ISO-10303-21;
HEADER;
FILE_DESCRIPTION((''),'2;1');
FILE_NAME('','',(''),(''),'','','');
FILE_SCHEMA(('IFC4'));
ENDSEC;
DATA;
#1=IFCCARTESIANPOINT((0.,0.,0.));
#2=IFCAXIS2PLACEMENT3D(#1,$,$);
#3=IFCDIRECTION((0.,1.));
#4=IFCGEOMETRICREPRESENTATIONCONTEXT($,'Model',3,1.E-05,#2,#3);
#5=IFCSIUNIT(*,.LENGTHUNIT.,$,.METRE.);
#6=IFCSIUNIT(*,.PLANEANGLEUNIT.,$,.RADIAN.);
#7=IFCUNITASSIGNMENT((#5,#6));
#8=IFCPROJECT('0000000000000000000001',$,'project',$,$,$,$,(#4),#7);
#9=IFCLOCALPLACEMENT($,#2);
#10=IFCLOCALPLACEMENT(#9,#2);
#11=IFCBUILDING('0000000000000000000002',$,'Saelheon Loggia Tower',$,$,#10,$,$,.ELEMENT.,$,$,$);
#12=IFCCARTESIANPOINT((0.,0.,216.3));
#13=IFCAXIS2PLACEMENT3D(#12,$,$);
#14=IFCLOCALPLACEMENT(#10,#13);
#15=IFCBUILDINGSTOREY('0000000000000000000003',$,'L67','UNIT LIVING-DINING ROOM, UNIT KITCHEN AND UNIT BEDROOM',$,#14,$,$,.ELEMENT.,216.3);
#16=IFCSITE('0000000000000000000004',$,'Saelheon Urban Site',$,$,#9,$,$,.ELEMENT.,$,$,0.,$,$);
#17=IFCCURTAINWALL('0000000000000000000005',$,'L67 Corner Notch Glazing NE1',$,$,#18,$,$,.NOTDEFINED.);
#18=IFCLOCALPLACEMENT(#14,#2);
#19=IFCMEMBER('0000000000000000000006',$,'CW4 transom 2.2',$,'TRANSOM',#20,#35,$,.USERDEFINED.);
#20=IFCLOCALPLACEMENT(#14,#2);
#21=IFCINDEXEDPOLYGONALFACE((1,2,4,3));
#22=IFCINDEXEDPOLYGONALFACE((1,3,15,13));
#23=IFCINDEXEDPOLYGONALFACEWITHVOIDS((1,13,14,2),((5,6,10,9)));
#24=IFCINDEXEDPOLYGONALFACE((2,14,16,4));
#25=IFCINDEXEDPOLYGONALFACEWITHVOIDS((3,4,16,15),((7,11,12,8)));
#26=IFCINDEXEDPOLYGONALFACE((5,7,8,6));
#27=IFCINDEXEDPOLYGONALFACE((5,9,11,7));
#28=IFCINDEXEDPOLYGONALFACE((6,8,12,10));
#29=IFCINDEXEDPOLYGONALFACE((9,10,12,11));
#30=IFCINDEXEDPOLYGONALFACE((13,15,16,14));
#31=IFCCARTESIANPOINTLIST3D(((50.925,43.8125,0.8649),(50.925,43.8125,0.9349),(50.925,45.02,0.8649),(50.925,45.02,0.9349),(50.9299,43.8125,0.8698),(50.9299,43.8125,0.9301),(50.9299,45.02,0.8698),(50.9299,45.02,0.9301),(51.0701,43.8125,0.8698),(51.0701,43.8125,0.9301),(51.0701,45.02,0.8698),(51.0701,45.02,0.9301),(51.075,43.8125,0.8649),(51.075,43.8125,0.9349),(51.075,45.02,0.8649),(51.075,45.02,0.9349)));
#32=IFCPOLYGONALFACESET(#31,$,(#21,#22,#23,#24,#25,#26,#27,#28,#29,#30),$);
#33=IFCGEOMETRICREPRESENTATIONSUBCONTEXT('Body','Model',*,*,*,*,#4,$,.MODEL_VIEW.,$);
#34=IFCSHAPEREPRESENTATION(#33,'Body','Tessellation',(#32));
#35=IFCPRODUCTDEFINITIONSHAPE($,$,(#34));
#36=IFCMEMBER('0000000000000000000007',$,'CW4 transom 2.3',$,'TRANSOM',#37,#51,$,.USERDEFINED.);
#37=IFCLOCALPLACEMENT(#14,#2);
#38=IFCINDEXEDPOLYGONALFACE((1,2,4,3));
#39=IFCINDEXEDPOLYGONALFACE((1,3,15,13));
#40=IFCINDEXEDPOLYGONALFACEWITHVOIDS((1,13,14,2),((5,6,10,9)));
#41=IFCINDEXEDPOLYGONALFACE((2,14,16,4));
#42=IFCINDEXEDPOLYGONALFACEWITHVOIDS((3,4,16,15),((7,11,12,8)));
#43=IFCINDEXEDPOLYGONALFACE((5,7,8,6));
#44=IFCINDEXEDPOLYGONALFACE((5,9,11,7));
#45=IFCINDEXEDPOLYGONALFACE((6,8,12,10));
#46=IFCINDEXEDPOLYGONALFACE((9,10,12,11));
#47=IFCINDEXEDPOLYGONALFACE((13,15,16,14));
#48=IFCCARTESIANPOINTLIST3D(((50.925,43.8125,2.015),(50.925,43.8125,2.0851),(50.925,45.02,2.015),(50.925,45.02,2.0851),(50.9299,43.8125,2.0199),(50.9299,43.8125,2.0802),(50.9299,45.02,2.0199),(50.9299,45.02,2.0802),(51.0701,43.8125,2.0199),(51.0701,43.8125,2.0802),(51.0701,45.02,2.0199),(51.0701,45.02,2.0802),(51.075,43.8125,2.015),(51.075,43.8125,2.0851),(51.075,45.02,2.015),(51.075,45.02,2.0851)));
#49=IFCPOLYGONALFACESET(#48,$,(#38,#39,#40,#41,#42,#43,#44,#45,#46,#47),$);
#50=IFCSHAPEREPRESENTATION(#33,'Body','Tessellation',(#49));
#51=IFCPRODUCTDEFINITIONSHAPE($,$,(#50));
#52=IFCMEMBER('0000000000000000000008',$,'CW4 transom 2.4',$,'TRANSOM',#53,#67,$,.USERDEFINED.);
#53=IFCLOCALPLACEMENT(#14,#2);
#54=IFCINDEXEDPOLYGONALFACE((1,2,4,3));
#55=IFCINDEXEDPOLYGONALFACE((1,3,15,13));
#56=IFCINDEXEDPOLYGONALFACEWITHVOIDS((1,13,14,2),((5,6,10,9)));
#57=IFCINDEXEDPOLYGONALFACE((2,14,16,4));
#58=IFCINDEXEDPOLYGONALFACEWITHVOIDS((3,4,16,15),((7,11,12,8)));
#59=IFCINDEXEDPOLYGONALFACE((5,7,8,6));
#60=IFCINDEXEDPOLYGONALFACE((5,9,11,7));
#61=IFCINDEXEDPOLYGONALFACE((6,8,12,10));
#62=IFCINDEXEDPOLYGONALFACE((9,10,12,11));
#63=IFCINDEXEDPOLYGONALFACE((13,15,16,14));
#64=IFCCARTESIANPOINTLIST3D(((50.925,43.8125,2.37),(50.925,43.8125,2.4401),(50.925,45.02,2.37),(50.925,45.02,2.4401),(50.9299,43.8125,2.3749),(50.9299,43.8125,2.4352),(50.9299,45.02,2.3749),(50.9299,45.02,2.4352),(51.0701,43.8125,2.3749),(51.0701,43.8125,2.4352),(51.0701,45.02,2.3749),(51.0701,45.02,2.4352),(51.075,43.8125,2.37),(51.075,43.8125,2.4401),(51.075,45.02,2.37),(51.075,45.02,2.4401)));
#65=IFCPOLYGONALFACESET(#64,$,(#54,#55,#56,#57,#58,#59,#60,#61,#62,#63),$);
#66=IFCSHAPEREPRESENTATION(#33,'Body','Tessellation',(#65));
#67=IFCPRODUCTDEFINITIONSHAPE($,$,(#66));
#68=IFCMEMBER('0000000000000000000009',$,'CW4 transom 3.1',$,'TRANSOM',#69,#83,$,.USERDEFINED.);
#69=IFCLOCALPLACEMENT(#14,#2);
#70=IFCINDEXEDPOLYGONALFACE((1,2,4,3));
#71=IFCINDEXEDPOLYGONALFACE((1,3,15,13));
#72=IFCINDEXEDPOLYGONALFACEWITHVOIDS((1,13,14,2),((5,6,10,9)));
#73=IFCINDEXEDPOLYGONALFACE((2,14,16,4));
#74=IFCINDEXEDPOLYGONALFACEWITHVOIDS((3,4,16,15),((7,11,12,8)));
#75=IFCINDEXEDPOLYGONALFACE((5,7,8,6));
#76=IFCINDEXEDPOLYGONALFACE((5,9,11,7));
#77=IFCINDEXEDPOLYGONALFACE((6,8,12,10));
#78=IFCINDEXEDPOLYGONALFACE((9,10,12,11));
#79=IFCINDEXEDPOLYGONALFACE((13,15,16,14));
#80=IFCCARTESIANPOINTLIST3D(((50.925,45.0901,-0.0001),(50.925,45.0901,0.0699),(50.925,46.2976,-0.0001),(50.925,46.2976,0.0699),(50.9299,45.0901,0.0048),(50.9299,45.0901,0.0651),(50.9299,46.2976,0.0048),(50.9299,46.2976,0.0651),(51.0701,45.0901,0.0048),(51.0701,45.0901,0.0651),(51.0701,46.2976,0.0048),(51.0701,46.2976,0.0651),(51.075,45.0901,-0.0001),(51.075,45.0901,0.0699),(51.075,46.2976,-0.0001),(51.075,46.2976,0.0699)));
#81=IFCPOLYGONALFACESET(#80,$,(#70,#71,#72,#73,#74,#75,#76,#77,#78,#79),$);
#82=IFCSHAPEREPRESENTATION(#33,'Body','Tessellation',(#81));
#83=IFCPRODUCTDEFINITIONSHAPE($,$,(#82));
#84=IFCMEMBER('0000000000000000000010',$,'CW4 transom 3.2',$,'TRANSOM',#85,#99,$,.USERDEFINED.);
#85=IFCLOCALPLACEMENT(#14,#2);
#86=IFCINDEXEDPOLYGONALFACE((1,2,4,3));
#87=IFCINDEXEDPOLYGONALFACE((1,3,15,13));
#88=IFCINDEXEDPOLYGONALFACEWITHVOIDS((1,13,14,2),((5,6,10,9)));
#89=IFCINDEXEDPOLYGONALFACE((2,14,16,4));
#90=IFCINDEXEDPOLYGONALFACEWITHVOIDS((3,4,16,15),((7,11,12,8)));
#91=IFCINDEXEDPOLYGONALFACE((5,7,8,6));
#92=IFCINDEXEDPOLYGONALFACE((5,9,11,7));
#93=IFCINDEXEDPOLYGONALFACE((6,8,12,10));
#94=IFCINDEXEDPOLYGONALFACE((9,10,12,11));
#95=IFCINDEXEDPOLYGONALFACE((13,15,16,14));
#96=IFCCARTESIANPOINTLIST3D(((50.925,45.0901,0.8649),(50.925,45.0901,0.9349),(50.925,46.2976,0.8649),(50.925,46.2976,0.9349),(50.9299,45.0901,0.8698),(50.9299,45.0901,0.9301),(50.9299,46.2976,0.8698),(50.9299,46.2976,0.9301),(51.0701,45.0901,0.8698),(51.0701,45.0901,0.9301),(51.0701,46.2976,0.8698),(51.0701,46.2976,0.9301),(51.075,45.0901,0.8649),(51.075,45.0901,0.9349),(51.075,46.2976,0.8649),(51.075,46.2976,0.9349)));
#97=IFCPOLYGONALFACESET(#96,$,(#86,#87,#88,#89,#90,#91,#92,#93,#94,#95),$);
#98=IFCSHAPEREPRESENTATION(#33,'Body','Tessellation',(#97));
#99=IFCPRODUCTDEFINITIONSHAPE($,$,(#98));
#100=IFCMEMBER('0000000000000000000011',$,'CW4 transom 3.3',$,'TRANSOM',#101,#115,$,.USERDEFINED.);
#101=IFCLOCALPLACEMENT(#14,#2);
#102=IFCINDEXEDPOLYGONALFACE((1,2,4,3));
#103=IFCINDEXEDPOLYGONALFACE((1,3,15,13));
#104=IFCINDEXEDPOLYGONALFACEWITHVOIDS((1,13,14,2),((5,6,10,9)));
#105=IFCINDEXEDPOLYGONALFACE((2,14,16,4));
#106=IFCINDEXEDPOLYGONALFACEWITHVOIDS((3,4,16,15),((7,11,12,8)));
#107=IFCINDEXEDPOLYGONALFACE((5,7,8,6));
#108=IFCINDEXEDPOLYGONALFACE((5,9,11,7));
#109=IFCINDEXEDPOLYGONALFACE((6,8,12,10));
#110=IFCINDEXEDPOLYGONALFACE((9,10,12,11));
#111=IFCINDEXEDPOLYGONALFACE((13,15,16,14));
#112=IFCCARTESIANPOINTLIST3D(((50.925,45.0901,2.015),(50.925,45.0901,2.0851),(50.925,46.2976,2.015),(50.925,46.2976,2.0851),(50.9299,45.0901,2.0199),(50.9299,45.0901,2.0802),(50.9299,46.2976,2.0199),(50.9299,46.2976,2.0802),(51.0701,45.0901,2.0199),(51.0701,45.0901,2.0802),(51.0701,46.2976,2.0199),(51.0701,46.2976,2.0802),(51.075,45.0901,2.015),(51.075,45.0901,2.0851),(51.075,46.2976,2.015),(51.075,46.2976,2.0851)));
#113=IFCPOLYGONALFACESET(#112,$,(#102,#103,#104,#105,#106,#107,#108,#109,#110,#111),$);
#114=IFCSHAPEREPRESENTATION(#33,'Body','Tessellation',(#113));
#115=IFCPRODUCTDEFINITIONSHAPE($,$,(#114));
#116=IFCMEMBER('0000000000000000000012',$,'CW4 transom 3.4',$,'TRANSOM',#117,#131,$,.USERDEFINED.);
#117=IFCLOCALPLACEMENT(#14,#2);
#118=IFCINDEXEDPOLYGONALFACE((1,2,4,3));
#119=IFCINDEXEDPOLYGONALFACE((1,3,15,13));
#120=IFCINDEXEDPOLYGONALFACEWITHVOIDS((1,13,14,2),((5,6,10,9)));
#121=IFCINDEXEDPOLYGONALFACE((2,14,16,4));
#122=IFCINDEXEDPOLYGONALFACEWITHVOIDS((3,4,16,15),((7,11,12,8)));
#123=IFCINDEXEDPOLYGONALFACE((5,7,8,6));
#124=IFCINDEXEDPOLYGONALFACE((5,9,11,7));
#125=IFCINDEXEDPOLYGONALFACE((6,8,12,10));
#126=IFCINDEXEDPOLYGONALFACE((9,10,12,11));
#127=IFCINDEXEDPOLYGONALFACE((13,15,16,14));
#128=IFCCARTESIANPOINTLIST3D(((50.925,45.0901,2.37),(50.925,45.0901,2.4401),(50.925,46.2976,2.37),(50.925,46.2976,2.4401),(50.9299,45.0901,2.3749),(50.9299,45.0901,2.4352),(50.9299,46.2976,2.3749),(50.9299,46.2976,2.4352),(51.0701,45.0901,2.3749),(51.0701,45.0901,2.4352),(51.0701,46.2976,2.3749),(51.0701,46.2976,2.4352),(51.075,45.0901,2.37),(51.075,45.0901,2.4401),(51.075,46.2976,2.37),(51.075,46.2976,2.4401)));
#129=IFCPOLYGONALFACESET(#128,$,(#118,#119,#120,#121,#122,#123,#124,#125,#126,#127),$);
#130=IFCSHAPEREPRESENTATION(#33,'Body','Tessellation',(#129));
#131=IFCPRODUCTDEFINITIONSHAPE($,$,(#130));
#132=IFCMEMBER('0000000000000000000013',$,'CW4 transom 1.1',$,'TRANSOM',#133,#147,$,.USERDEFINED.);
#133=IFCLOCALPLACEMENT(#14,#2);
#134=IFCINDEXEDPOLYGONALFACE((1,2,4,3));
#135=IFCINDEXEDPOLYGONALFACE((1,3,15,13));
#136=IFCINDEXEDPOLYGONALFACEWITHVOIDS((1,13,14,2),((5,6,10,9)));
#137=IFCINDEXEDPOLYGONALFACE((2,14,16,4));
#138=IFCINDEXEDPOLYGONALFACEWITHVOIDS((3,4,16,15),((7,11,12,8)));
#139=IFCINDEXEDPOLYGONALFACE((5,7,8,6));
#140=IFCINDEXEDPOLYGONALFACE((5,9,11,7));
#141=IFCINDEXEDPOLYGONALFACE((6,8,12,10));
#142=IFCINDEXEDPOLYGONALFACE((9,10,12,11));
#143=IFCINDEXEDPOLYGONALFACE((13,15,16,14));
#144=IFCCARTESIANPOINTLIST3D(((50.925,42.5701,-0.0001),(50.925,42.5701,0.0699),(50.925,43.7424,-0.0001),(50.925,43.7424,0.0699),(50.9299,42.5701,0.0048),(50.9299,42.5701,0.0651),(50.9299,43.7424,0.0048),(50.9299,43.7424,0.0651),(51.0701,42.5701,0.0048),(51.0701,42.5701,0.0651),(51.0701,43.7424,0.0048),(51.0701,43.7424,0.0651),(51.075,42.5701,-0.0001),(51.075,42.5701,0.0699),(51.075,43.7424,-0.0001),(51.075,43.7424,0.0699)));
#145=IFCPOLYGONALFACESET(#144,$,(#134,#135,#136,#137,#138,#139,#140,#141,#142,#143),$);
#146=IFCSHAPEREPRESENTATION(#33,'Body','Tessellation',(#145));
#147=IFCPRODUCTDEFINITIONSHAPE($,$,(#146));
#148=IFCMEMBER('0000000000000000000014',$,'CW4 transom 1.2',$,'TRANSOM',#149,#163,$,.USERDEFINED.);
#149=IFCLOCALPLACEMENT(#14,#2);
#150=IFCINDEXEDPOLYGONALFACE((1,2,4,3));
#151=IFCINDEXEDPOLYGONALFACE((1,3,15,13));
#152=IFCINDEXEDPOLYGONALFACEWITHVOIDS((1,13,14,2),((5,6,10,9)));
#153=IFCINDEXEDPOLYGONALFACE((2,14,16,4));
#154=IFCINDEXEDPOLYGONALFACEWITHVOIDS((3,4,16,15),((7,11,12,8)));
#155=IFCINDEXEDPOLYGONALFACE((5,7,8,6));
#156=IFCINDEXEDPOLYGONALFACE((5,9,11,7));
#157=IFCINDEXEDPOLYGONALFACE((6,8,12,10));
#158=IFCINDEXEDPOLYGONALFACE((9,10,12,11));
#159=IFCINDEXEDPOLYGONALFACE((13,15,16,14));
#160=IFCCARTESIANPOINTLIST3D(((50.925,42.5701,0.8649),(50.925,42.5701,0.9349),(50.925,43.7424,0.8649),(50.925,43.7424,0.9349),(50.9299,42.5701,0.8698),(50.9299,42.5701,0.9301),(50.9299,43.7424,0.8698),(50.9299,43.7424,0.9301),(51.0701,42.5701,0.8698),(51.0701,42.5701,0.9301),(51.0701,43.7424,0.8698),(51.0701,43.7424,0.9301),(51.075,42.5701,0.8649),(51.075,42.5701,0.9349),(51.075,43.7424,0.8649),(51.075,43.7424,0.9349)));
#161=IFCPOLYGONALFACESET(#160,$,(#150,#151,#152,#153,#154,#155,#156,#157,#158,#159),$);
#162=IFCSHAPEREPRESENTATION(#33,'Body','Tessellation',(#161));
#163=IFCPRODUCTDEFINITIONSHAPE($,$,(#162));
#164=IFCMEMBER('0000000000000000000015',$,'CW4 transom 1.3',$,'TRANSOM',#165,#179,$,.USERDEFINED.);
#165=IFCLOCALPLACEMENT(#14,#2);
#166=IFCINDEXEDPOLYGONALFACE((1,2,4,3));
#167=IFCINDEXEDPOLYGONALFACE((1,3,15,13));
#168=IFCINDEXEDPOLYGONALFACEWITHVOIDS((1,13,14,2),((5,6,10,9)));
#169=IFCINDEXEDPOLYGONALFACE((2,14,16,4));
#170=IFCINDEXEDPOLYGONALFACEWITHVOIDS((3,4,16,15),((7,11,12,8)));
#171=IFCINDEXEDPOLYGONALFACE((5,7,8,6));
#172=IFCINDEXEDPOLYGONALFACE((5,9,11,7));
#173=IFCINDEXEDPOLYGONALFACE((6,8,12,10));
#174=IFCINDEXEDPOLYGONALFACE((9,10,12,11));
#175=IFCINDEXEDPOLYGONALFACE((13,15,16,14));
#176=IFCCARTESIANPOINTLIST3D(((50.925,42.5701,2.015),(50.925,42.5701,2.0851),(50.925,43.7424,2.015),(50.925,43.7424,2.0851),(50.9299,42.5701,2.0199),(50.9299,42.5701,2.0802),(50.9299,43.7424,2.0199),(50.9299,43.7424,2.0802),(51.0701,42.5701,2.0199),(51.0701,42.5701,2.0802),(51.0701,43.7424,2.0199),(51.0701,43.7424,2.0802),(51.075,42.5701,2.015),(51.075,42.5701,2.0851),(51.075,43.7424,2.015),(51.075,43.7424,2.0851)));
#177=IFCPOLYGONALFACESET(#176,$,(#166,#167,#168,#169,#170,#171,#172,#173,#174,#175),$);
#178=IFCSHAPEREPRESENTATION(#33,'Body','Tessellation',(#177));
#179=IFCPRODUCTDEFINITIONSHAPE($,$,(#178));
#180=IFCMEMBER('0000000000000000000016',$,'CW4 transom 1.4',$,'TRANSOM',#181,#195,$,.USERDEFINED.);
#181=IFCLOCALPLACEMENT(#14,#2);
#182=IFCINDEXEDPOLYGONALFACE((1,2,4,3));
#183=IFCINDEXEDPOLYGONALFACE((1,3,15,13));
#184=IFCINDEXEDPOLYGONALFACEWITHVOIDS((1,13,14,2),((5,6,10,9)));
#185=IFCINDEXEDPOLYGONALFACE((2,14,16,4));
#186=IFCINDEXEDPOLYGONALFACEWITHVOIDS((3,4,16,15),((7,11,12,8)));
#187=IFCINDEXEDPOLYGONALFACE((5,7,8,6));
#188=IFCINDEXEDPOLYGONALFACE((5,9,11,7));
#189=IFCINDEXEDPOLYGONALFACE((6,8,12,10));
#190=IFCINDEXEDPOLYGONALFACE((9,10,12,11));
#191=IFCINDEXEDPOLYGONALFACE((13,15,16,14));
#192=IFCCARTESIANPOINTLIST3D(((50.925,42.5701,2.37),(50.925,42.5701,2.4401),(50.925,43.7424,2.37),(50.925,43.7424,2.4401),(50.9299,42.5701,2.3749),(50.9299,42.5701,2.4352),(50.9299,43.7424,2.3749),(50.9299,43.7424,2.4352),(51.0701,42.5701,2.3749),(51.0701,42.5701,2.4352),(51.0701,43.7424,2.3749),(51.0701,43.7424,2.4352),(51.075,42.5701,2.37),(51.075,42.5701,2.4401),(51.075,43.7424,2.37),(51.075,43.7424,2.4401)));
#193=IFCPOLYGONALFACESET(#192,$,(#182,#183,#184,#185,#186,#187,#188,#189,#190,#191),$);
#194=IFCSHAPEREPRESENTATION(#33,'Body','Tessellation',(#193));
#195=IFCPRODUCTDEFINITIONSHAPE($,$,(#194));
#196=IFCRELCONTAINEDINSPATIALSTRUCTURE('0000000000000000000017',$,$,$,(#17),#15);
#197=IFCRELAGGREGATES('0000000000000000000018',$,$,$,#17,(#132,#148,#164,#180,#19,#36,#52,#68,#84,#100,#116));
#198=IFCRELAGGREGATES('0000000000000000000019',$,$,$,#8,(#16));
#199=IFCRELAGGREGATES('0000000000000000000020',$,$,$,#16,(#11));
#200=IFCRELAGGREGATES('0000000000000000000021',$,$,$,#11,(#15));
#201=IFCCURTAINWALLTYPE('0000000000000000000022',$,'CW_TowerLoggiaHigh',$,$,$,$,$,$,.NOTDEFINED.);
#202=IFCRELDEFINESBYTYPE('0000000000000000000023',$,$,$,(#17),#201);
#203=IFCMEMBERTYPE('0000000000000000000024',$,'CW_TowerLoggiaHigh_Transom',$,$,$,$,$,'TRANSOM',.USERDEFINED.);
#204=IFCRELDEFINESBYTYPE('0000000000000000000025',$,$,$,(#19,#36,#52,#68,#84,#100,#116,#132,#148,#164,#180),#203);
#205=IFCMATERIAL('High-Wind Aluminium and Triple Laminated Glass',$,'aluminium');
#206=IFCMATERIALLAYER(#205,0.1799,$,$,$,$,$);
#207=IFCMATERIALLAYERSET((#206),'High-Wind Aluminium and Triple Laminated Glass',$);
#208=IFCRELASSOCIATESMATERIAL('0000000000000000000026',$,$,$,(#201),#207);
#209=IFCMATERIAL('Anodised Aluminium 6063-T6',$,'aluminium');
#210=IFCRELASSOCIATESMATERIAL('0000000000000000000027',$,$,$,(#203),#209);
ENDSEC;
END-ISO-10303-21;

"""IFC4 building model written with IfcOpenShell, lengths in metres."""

from ifc_helpers import new_model, si_unit, direction, frame, origin, origin_2d, place, context, subcontext, project, spatial, hollow_rectangle, extrude, source, transform, mapped, material, layer, layer_set, material_profile, profile_set, type_object, element, aggregate, save


model = new_model("IFC4")

# Units and contexts
model_context = context("Model", 3, precision=1e-05, world=origin(), true_north=direction((0.0, 1.0)))
body_context = subcontext(model_context, "Body", "Model", "MODEL_VIEW")
ifc_project = project(units=[si_unit("LENGTHUNIT", "METRE"), si_unit("PLANEANGLEUNIT", "RADIAN")], contexts=[model_context])

# Site, building, storey
site_placement = place(None, origin())
site = spatial("IfcSite", under=ifc_project, at=site_placement, Name="Saelheon Urban Site", CompositionType="ELEMENT", RefElevation=0.0)
building_placement = place(site_placement, origin())
building = spatial("IfcBuilding", under=site, at=building_placement, Name="Saelheon Loggia Tower", CompositionType="ELEMENT")
storey_placement = place(building_placement, frame((0.0, 0.0, 216.3)))
storey = spatial("IfcBuildingStorey", under=building, at=storey_placement, Name="L67", Description="UNIT LIVING-DINING ROOM, UNIT KITCHEN AND UNIT BEDROOM", CompositionType="ELEMENT", Elevation=216.3)

# Curtain wall, members
ifc_material_1 = material(Name="High-Wind Aluminium and Triple Laminated Glass", Category="aluminium")
ifc_layer_1 = layer(ifc_material_1, 0.1799)
ifc_layer_set_1 = layer_set([ifc_layer_1], Name="High-Wind Aluminium and Triple Laminated Glass")
curtain_wall_type = type_object("IfcCurtainWallType", Name="CW_TowerLoggiaHigh", PredefinedType="NOTDEFINED", material=ifc_layer_set_1)
curtain_wall_placement = place(storey_placement, origin())
curtain_wall = element("IfcCurtainWall", 1, at=curtain_wall_placement, inside=storey, type_object=curtain_wall_type, Name="L67 Corner Notch Glazing NE1", PredefinedType="NOTDEFINED")
ifc_material_2 = material(Name="Anodised Aluminium 6063-T6", Category="aluminium")
ifc_material_profile_1 = material_profile(ifc_material_2, hollow_rectangle(XDim=0.0701, YDim=0.1499, WallThickness=0.0049, at=origin_2d()), Name="RHS-150x70x5")
ifc_profile_set_1 = profile_set([ifc_material_profile_1], Name="Anodised Aluminium 6063-T6")
member_type_1 = type_object("IfcMemberType", Name="CW_TowerLoggiaHigh_Transom", ElementType="TRANSOM", PredefinedType="USERDEFINED", material=ifc_profile_set_1)
shared_shape_1 = source(origin(), body_context, "Body", "SweptSolid", [
    extrude(hollow_rectangle(XDim=0.0701, YDim=0.1499, WallThickness=0.0049, at=origin_2d()), origin(), (0.0, 0.0, 1.0), 1.2075),
])
member_1_placement = place(storey_placement, frame((51.0, 43.8125, 0.8999), z_axis=(0.0, 1.0, 0.0), x_axis=(0.0, 0.0, 1.0)))
member_1 = element("IfcMember", 2, at=member_1_placement, type_object=member_type_1, Name="CW4 transom 2.2", ObjectType="TRANSOM", PredefinedType="USERDEFINED", context=body_context, shape_type="MappedRepresentation", body=[
    mapped(shared_shape_1, transform((0.0, 0.0, 0.0), scale=1.0)),
])
member_2_placement = place(storey_placement, frame((51.0, 43.8125, 2.05), z_axis=(0.0, 1.0, 0.0), x_axis=(0.0, 0.0, 1.0)))
member_2 = element("IfcMember", 3, at=member_2_placement, type_object=member_type_1, Name="CW4 transom 2.3", ObjectType="TRANSOM", PredefinedType="USERDEFINED", context=body_context, shape_type="MappedRepresentation", body=[
    mapped(shared_shape_1, transform((0.0, 0.0, 0.0), scale=1.0)),
])
member_3_placement = place(storey_placement, frame((51.0, 43.8125, 2.405), z_axis=(0.0, 1.0, 0.0), x_axis=(0.0, 0.0, 1.0)))
member_3 = element("IfcMember", 4, at=member_3_placement, type_object=member_type_1, Name="CW4 transom 2.4", ObjectType="TRANSOM", PredefinedType="USERDEFINED", context=body_context, shape_type="MappedRepresentation", body=[
    mapped(shared_shape_1, transform((0.0, 0.0, 0.0), scale=1.0)),
])
member_4_placement = place(storey_placement, frame((51.0, 45.0901, 0.0349), z_axis=(0.0, 1.0, 0.0), x_axis=(0.0, 0.0, 1.0)))
member_4 = element("IfcMember", 5, at=member_4_placement, type_object=member_type_1, Name="CW4 transom 3.1", ObjectType="TRANSOM", PredefinedType="USERDEFINED", context=body_context, shape_type="MappedRepresentation", body=[
    mapped(shared_shape_1, transform((0.0, 0.0, 0.0), scale=1.0)),
])
member_5_placement = place(storey_placement, frame((51.0, 45.0901, 0.8999), z_axis=(0.0, 1.0, 0.0), x_axis=(0.0, 0.0, 1.0)))
member_5 = element("IfcMember", 6, at=member_5_placement, type_object=member_type_1, Name="CW4 transom 3.2", ObjectType="TRANSOM", PredefinedType="USERDEFINED", context=body_context, shape_type="MappedRepresentation", body=[
    mapped(shared_shape_1, transform((0.0, 0.0, 0.0), scale=1.0)),
])
member_6_placement = place(storey_placement, frame((51.0, 45.0901, 2.05), z_axis=(0.0, 1.0, 0.0), x_axis=(0.0, 0.0, 1.0)))
member_6 = element("IfcMember", 7, at=member_6_placement, type_object=member_type_1, Name="CW4 transom 3.3", ObjectType="TRANSOM", PredefinedType="USERDEFINED", context=body_context, shape_type="MappedRepresentation", body=[
    mapped(shared_shape_1, transform((0.0, 0.0, 0.0), scale=1.0)),
])
member_7_placement = place(storey_placement, frame((51.0, 45.0901, 2.405), z_axis=(0.0, 1.0, 0.0), x_axis=(0.0, 0.0, 1.0)))
member_7 = element("IfcMember", 8, at=member_7_placement, type_object=member_type_1, Name="CW4 transom 3.4", ObjectType="TRANSOM", PredefinedType="USERDEFINED", context=body_context, shape_type="MappedRepresentation", body=[
    mapped(shared_shape_1, transform((0.0, 0.0, 0.0), scale=1.0)),
])
shared_shape_2 = source(origin(), body_context, "Body", "SweptSolid", [
    extrude(hollow_rectangle(XDim=0.0701, YDim=0.1499, WallThickness=0.0049, at=origin_2d()), origin(), (0.0, 0.0, 1.0), 1.1724),
])
member_8_placement = place(storey_placement, frame((51.0, 42.5701, 0.0349), z_axis=(0.0, 1.0, 0.0), x_axis=(0.0, 0.0, 1.0)))
member_8 = element("IfcMember", 9, at=member_8_placement, type_object=member_type_1, Name="CW4 transom 1.1", ObjectType="TRANSOM", PredefinedType="USERDEFINED", context=body_context, shape_type="MappedRepresentation", body=[
    mapped(shared_shape_2, transform((0.0, 0.0, 0.0), scale=1.0)),
])
member_9_placement = place(storey_placement, frame((51.0, 42.5701, 0.8999), z_axis=(0.0, 1.0, 0.0), x_axis=(0.0, 0.0, 1.0)))
member_9 = element("IfcMember", 10, at=member_9_placement, type_object=member_type_1, Name="CW4 transom 1.2", ObjectType="TRANSOM", PredefinedType="USERDEFINED", context=body_context, shape_type="MappedRepresentation", body=[
    mapped(shared_shape_2, transform((0.0, 0.0, 0.0), scale=1.0)),
])
member_10_placement = place(storey_placement, frame((51.0, 42.5701, 2.05), z_axis=(0.0, 1.0, 0.0), x_axis=(0.0, 0.0, 1.0)))
member_10 = element("IfcMember", 11, at=member_10_placement, type_object=member_type_1, Name="CW4 transom 1.3", ObjectType="TRANSOM", PredefinedType="USERDEFINED", context=body_context, shape_type="MappedRepresentation", body=[
    mapped(shared_shape_2, transform((0.0, 0.0, 0.0), scale=1.0)),
])
member_11_placement = place(storey_placement, frame((51.0, 42.5701, 2.405), z_axis=(0.0, 1.0, 0.0), x_axis=(0.0, 0.0, 1.0)))
member_11 = element("IfcMember", 12, at=member_11_placement, type_object=member_type_1, Name="CW4 transom 1.4", ObjectType="TRANSOM", PredefinedType="USERDEFINED", context=body_context, shape_type="MappedRepresentation", body=[
    mapped(shared_shape_2, transform((0.0, 0.0, 0.0), scale=1.0)),
])
aggregate(curtain_wall, [member_8, member_9, member_10, member_11, member_1, member_2, member_3, member_4, member_5, member_6, member_7])

save(model, "model.ifc")
